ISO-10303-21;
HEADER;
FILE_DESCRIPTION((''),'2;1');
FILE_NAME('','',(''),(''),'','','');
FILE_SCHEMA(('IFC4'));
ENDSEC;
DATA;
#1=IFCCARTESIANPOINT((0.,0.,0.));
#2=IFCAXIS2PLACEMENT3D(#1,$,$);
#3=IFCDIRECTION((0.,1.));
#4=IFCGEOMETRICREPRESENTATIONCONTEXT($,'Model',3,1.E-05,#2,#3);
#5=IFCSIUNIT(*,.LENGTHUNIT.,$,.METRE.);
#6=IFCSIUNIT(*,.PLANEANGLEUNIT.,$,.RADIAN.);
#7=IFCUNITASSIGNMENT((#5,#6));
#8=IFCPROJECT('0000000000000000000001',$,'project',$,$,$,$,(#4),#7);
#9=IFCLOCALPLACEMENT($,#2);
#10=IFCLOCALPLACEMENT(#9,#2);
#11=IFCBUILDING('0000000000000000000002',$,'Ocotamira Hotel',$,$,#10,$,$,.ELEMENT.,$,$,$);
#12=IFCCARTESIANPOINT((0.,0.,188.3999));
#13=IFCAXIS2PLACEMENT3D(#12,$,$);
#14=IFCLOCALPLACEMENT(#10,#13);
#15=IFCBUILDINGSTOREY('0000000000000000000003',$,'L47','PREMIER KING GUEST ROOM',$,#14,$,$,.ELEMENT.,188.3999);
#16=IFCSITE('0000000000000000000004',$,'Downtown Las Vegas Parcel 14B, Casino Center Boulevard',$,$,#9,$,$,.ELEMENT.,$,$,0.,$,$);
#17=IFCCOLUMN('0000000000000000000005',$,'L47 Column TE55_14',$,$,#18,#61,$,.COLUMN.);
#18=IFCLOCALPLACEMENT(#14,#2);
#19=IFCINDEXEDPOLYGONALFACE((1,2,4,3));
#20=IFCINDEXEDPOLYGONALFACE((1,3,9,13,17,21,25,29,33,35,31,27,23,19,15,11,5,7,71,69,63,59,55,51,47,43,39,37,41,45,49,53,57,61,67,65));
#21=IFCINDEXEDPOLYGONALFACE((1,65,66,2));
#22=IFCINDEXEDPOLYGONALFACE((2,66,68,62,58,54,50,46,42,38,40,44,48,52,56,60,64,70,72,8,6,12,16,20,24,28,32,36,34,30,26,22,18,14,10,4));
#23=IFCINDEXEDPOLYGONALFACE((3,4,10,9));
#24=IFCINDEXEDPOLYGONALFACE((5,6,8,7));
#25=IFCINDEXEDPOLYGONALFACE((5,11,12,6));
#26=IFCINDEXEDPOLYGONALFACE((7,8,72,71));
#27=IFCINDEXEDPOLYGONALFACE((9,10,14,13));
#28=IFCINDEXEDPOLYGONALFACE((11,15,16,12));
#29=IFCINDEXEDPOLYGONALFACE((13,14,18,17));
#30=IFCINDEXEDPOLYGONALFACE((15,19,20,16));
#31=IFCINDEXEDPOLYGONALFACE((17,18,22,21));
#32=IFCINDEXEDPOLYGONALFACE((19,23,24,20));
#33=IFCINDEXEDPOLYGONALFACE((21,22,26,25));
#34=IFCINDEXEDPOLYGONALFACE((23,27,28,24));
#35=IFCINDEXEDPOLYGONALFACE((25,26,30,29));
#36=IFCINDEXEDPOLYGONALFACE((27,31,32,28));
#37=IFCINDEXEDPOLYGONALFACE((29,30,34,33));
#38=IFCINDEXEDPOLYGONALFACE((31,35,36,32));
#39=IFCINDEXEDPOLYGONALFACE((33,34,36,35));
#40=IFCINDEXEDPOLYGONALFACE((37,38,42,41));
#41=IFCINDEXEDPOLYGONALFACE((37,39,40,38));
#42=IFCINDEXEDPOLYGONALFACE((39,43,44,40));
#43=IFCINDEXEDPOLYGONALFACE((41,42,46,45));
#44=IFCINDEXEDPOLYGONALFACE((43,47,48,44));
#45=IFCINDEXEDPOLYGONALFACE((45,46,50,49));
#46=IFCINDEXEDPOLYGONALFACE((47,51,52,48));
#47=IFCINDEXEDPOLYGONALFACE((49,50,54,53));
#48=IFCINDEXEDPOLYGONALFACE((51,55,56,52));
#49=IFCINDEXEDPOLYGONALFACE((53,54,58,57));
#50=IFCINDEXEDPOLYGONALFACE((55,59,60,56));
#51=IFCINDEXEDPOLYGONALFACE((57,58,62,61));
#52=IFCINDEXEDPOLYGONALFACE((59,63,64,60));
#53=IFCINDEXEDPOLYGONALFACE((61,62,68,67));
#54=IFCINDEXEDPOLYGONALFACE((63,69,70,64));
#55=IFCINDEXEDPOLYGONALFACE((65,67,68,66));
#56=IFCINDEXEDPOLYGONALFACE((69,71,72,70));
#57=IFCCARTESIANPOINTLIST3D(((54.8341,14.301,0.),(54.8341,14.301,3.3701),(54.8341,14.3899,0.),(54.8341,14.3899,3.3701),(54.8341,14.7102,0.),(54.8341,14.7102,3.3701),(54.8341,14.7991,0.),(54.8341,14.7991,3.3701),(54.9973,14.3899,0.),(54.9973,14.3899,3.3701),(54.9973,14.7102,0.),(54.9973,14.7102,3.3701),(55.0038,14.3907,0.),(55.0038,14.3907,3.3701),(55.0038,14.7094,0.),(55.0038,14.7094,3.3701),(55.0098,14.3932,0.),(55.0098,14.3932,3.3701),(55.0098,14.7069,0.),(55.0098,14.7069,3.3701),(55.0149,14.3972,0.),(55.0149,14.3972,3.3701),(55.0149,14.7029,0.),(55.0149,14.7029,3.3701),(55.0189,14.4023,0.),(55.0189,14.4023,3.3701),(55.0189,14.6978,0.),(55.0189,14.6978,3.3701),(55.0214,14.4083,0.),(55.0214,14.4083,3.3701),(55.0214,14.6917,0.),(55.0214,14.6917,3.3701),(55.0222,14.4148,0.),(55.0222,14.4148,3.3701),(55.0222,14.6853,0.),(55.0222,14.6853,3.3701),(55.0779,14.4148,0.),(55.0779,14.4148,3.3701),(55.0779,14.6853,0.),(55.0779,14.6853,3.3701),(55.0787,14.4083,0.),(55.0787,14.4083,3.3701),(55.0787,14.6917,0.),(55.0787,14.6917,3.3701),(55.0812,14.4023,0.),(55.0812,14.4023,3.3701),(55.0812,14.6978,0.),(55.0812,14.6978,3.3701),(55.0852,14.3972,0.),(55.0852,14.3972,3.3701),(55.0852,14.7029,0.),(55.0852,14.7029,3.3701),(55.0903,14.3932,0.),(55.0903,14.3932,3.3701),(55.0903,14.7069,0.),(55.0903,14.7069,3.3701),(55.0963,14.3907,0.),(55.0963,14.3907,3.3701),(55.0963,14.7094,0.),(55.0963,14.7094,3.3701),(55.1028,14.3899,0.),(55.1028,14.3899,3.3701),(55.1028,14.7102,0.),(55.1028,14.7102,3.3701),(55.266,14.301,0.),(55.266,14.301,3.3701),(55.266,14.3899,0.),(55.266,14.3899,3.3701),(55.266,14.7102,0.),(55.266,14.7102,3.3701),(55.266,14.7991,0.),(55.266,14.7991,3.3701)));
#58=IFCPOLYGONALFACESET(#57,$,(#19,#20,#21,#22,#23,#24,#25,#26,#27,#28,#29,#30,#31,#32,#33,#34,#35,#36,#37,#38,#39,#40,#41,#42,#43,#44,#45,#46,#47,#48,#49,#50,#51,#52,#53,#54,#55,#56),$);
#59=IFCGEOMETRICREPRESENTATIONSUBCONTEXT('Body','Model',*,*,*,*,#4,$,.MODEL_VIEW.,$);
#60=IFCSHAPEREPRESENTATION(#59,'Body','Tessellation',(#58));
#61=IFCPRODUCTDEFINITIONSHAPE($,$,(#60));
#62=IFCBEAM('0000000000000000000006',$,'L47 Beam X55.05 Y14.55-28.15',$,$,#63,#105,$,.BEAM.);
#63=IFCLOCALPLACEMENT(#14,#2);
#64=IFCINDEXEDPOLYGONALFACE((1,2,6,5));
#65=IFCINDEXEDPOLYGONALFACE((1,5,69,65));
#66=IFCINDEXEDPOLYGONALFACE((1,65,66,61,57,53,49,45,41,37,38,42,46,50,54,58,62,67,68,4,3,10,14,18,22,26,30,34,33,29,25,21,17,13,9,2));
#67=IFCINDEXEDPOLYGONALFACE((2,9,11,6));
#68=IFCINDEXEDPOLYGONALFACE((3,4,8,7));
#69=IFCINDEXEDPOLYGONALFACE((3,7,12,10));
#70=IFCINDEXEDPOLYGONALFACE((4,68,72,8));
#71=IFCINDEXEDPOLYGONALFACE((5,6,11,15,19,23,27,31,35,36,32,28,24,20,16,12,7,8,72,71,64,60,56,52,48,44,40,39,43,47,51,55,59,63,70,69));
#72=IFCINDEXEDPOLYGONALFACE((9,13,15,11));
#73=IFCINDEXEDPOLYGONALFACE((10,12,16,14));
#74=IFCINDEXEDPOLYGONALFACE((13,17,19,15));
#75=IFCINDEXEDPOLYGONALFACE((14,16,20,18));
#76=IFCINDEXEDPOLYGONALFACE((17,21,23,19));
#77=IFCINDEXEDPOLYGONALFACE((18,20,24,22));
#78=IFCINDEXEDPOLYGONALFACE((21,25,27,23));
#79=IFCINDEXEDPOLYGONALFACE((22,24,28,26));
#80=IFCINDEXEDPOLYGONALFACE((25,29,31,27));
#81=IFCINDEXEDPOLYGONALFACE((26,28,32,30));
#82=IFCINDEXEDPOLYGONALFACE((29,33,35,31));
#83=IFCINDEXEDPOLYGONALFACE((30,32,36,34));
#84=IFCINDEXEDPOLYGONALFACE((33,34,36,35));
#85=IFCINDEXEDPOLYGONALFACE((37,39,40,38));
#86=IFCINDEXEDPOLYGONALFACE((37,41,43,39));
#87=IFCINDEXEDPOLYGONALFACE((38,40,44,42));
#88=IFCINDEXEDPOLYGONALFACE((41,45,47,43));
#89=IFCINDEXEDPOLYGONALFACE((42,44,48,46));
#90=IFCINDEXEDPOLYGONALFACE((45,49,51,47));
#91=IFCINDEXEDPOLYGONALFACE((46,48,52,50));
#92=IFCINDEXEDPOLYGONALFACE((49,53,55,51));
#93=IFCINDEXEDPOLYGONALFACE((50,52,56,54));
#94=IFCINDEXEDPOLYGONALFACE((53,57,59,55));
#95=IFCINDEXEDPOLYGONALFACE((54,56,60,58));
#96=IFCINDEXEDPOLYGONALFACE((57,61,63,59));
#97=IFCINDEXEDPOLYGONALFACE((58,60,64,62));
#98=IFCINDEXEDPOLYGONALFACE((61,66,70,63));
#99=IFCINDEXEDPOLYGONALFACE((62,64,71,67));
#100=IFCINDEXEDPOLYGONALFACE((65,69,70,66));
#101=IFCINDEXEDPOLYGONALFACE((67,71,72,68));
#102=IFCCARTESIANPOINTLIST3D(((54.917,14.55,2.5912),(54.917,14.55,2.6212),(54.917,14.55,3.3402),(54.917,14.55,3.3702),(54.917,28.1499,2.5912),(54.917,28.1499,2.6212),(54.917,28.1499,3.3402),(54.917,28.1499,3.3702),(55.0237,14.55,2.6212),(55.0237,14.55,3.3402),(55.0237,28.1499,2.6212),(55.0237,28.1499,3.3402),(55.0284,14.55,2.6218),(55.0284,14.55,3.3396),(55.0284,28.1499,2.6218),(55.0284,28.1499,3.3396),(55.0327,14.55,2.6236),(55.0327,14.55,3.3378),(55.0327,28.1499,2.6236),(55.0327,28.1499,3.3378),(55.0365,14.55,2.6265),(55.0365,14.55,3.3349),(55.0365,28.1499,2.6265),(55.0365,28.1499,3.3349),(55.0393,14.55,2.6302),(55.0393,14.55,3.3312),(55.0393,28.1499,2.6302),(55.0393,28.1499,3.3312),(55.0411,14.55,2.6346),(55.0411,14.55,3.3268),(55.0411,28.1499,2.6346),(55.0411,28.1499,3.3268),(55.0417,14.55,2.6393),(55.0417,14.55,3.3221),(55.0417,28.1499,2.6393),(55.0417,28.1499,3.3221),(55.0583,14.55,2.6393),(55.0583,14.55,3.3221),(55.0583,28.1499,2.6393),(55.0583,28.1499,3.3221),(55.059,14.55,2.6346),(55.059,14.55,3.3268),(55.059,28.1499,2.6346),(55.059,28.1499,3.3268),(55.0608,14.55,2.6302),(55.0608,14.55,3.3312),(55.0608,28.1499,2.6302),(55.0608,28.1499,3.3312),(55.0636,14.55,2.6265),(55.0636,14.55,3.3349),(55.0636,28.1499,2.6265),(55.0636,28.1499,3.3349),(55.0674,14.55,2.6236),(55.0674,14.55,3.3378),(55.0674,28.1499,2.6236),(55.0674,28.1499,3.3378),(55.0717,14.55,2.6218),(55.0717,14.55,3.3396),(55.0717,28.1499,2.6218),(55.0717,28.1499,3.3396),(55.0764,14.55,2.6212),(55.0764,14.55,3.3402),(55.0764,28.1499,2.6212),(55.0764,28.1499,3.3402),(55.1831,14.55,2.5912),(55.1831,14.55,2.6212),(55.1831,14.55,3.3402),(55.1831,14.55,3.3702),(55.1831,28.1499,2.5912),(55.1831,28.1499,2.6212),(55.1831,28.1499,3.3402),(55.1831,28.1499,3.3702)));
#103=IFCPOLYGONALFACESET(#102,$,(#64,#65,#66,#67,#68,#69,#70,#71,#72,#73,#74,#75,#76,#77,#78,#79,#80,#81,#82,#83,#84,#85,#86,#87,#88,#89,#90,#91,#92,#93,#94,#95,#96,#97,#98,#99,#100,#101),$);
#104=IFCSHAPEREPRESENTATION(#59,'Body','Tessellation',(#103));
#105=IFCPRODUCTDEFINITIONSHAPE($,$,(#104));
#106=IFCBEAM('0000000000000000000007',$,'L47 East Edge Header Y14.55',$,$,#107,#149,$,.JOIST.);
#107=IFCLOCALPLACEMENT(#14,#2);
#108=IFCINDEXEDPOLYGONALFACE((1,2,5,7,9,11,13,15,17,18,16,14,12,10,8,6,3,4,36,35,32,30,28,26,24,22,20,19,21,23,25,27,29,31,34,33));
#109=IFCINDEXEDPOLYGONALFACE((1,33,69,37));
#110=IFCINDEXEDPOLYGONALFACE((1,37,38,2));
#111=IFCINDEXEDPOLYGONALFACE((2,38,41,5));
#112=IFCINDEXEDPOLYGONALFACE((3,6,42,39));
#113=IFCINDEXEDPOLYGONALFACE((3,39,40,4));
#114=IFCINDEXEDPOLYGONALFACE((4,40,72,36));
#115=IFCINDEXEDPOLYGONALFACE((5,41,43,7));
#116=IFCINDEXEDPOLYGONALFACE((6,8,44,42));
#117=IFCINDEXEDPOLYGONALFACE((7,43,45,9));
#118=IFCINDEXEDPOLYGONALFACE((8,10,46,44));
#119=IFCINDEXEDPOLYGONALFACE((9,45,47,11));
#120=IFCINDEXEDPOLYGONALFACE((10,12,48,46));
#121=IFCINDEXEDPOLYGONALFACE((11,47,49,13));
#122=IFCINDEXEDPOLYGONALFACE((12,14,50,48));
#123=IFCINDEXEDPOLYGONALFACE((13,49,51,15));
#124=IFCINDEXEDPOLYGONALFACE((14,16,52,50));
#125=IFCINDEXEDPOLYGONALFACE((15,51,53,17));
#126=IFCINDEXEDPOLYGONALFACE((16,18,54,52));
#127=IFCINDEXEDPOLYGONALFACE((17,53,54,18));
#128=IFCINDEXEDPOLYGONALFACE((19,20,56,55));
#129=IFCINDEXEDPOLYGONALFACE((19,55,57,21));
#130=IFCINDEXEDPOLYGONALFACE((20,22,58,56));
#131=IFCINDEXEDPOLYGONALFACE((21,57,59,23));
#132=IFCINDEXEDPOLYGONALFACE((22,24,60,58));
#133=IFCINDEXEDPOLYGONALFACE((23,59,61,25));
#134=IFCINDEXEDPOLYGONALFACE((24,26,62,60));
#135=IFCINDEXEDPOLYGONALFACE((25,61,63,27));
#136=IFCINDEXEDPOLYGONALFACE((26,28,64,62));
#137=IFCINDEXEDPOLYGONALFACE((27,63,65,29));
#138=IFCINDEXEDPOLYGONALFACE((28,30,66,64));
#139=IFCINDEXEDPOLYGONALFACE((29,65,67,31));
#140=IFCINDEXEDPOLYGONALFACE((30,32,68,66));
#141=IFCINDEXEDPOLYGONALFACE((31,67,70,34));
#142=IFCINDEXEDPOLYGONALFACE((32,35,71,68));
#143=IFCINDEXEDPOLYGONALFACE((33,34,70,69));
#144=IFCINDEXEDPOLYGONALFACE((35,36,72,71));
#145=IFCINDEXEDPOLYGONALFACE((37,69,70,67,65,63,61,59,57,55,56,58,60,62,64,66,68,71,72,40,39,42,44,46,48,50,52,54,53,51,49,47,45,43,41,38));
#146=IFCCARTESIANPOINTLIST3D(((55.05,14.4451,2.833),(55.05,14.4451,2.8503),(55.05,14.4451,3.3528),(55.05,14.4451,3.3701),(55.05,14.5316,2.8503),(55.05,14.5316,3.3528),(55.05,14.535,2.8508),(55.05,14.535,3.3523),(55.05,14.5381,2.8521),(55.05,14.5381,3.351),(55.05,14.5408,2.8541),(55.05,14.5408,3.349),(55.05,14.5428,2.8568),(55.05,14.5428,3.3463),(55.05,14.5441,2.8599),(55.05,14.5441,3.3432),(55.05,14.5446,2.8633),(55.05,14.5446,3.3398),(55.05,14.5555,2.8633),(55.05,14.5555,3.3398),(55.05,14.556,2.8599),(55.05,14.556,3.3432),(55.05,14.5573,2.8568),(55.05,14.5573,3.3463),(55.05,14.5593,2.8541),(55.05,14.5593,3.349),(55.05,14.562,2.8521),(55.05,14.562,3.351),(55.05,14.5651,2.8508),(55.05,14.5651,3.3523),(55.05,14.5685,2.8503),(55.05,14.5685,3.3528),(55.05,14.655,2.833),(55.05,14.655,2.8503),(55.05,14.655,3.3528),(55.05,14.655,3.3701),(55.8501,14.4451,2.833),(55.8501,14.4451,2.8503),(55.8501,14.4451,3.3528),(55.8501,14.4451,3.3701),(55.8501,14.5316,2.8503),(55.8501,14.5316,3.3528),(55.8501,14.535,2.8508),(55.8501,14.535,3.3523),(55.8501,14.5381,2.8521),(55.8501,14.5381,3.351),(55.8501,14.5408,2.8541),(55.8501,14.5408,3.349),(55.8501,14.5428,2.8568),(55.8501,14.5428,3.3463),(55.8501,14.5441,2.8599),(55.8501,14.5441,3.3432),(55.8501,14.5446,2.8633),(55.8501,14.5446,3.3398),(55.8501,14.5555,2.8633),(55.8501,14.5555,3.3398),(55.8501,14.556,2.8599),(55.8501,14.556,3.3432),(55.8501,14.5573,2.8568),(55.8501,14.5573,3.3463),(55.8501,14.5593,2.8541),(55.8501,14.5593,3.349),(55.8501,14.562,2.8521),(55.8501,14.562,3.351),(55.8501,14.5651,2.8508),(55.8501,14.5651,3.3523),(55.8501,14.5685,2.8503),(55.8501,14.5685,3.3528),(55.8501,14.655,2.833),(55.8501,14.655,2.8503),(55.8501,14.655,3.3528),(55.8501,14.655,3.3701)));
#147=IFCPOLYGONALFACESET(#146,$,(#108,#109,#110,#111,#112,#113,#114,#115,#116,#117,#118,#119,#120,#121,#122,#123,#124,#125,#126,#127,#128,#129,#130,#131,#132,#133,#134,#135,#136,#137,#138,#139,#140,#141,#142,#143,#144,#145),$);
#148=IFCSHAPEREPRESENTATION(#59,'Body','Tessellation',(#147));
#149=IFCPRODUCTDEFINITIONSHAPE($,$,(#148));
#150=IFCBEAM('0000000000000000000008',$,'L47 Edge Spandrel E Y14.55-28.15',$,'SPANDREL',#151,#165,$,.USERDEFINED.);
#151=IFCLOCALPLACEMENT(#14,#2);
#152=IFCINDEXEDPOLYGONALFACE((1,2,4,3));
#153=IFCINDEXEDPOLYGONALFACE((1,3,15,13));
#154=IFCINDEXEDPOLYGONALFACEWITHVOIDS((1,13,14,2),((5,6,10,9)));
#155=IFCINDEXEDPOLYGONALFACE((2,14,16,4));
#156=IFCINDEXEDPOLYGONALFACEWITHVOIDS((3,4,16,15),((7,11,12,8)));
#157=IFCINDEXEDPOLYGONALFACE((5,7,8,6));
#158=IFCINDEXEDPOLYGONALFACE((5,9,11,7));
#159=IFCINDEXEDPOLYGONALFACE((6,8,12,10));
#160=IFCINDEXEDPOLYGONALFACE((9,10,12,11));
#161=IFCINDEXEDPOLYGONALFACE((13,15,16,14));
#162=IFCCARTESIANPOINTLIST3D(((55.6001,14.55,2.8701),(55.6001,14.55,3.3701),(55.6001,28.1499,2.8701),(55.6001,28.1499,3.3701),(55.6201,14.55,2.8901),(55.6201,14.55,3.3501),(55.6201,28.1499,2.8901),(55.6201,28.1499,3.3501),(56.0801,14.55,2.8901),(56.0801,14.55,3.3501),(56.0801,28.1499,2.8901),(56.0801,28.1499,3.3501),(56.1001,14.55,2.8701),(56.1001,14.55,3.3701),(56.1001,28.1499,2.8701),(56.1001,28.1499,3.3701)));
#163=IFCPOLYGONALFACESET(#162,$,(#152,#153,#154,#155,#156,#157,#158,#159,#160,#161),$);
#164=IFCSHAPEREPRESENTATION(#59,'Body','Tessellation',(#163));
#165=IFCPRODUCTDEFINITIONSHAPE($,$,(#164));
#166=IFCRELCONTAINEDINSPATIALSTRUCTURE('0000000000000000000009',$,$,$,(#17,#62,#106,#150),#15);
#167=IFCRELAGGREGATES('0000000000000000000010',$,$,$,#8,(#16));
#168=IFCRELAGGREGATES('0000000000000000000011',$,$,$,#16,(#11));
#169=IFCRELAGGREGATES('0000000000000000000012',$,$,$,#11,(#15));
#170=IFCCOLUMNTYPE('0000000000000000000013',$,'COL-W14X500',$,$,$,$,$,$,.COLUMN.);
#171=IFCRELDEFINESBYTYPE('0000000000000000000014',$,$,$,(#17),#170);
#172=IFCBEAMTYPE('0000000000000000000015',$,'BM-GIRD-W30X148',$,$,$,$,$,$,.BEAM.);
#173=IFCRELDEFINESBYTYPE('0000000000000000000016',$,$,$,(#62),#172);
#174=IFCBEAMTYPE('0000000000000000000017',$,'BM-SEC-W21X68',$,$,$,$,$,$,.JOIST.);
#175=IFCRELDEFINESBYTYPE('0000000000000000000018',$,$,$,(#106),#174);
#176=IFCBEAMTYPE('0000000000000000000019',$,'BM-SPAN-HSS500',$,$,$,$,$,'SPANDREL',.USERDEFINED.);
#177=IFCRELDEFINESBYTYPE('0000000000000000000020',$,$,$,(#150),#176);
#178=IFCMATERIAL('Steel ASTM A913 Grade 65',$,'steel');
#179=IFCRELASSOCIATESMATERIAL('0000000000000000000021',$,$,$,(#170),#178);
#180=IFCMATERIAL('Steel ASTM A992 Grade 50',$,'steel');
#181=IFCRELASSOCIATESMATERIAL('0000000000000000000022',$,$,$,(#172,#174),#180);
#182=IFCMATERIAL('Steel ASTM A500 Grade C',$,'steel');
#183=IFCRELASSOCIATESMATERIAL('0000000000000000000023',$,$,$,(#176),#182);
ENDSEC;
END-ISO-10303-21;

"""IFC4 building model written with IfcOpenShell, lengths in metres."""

from ifc_helpers import new_model, si_unit, direction, frame, origin, origin_2d, place, context, subcontext, project, spatial, hollow_rectangle, i_section, extrude, source, transform, mapped, material, material_profile, profile_set, type_object, element, save


model = new_model("IFC4")

# Units and contexts
model_context = context("Model", 3, precision=1e-05, world=origin(), true_north=direction((0.0, 1.0)))
body_context = subcontext(model_context, "Body", "Model", "MODEL_VIEW")
ifc_project = project(units=[si_unit("LENGTHUNIT", "METRE"), si_unit("PLANEANGLEUNIT", "RADIAN")], contexts=[model_context])

# Site, building, storey
site_placement = place(None, origin())
site = spatial("IfcSite", under=ifc_project, at=site_placement, Name="Downtown Las Vegas Parcel 14B, Casino Center Boulevard", CompositionType="ELEMENT", RefElevation=0.0)
building_placement = place(site_placement, origin())
building = spatial("IfcBuilding", under=site, at=building_placement, Name="Ocotamira Hotel", CompositionType="ELEMENT")
storey_placement = place(building_placement, frame((0.0, 0.0, 188.3999)))
storey = spatial("IfcBuildingStorey", under=building, at=storey_placement, Name="L47", Description="PREMIER KING GUEST ROOM", CompositionType="ELEMENT", Elevation=188.3999)

# Column
ifc_material_1 = material(Name="Steel ASTM A913 Grade 65", Category="steel")
ifc_material_profile_1 = material_profile(ifc_material_1, i_section(OverallWidth=0.4319, OverallDepth=0.498, WebThickness=0.0557, FlangeThickness=0.0889, FilletRadius=0.0249, at=origin_2d()), Name="W14X500")
ifc_profile_set_1 = profile_set([ifc_material_profile_1], Name="Steel ASTM A913 Grade 65")
column_type = type_object("IfcColumnType", Name="COL-W14X500", PredefinedType="COLUMN", material=ifc_profile_set_1)
shared_shape_1 = source(origin(), body_context, "Body", "SweptSolid", [
    extrude(i_section(OverallWidth=0.4319, OverallDepth=0.498, WebThickness=0.0557, FlangeThickness=0.0889, FilletRadius=0.0249, at=origin_2d()), origin(), (0.0, 0.0, 1.0), 3.3701),
])
column_placement = place(storey_placement, frame((55.05, 14.55, 0.0), z_axis=(0.0, 0.0, 1.0), x_axis=(1.0, 0.0, 0.0)))
element("IfcColumn", 1, at=column_placement, inside=storey, type_object=column_type, Name="L47 Column TE55_14", PredefinedType="COLUMN", context=body_context, shape_type="MappedRepresentation", body=[
    mapped(shared_shape_1, transform((0.0, 0.0, 0.0), scale=1.0)),
])

# Beams
ifc_material_2 = material(Name="Steel ASTM A992 Grade 50", Category="steel")
ifc_material_profile_2 = material_profile(ifc_material_2, i_section(OverallWidth=0.2661, OverallDepth=0.7791, WebThickness=0.0166, FlangeThickness=0.03, FilletRadius=0.0181, at=origin_2d()), Name="W30X148")
ifc_profile_set_2 = profile_set([ifc_material_profile_2], Name="Steel ASTM A992 Grade 50")
beam_type_1 = type_object("IfcBeamType", Name="BM-GIRD-W30X148", PredefinedType="BEAM", material=ifc_profile_set_2)
shared_shape_2 = source(origin(), body_context, "Body", "SweptSolid", [
    extrude(i_section(OverallWidth=0.2661, OverallDepth=0.7791, WebThickness=0.0166, FlangeThickness=0.03, FilletRadius=0.0181, at=origin_2d()), origin(), (0.0, 0.0, 1.0), 13.5999),
])
beam_1_placement = place(storey_placement, frame((55.05, 14.55, 2.9807), z_axis=(0.0, 1.0, 0.0), x_axis=(-1.0, 0.0, 0.0)))
element("IfcBeam", 2, at=beam_1_placement, inside=storey, type_object=beam_type_1, Name="L47 Beam X55.05 Y14.55-28.15", PredefinedType="BEAM", context=body_context, shape_type="MappedRepresentation", body=[
    mapped(shared_shape_2, transform((0.0, 0.0, 0.0), scale=1.0)),
])
ifc_material_profile_3 = material_profile(ifc_material_2, i_section(OverallWidth=0.21, OverallDepth=0.5371, WebThickness=0.011, FlangeThickness=0.0173, FilletRadius=0.0129, at=origin_2d()), Name="W21X68")
ifc_profile_set_3 = profile_set([ifc_material_profile_3], Name="Steel ASTM A992 Grade 50")
beam_type_2 = type_object("IfcBeamType", Name="BM-SEC-W21X68", PredefinedType="JOIST", material=ifc_profile_set_3)
shared_shape_3 = source(origin(), body_context, "Body", "SweptSolid", [
    extrude(i_section(OverallWidth=0.21, OverallDepth=0.5371, WebThickness=0.011, FlangeThickness=0.0173, FilletRadius=0.0129, at=origin_2d()), origin(), (0.0, 0.0, 1.0), 0.8),
])
beam_2_placement = place(storey_placement, frame((55.05, 14.55, 3.1016), z_axis=(1.0, 0.0, 0.0), x_axis=(0.0, 1.0, 0.0)))
element("IfcBeam", 3, at=beam_2_placement, inside=storey, type_object=beam_type_2, Name="L47 East Edge Header Y14.55", PredefinedType="JOIST", context=body_context, shape_type="MappedRepresentation", body=[
    mapped(shared_shape_3, transform((0.0, 0.0, 0.0), scale=1.0)),
])
ifc_material_3 = material(Name="Steel ASTM A500 Grade C", Category="steel")
ifc_material_profile_4 = material_profile(ifc_material_3, hollow_rectangle(XDim=0.5, YDim=0.5, WallThickness=0.02, at=origin_2d()), Name="HSS500X500X20")
ifc_profile_set_4 = profile_set([ifc_material_profile_4], Name="Steel ASTM A500 Grade C")
beam_type_3 = type_object("IfcBeamType", Name="BM-SPAN-HSS500", ElementType="SPANDREL", PredefinedType="USERDEFINED", material=ifc_profile_set_4)
shared_shape_4 = source(origin(), body_context, "Body", "SweptSolid", [
    extrude(hollow_rectangle(XDim=0.5, YDim=0.5, WallThickness=0.02, at=origin_2d()), origin(), (0.0, 0.0, 1.0), 13.5999),
])
beam_3_placement = place(storey_placement, frame((55.8501, 14.55, 3.1201), z_axis=(0.0, 1.0, 0.0), x_axis=(-1.0, 0.0, 0.0)))
element("IfcBeam", 4, at=beam_3_placement, inside=storey, type_object=beam_type_3, Name="L47 Edge Spandrel E Y14.55-28.15", ObjectType="SPANDREL", PredefinedType="USERDEFINED", context=body_context, shape_type="MappedRepresentation", body=[
    mapped(shared_shape_4, transform((0.0, 0.0, 0.0), scale=1.0)),
])

save(model, "model.ifc")
